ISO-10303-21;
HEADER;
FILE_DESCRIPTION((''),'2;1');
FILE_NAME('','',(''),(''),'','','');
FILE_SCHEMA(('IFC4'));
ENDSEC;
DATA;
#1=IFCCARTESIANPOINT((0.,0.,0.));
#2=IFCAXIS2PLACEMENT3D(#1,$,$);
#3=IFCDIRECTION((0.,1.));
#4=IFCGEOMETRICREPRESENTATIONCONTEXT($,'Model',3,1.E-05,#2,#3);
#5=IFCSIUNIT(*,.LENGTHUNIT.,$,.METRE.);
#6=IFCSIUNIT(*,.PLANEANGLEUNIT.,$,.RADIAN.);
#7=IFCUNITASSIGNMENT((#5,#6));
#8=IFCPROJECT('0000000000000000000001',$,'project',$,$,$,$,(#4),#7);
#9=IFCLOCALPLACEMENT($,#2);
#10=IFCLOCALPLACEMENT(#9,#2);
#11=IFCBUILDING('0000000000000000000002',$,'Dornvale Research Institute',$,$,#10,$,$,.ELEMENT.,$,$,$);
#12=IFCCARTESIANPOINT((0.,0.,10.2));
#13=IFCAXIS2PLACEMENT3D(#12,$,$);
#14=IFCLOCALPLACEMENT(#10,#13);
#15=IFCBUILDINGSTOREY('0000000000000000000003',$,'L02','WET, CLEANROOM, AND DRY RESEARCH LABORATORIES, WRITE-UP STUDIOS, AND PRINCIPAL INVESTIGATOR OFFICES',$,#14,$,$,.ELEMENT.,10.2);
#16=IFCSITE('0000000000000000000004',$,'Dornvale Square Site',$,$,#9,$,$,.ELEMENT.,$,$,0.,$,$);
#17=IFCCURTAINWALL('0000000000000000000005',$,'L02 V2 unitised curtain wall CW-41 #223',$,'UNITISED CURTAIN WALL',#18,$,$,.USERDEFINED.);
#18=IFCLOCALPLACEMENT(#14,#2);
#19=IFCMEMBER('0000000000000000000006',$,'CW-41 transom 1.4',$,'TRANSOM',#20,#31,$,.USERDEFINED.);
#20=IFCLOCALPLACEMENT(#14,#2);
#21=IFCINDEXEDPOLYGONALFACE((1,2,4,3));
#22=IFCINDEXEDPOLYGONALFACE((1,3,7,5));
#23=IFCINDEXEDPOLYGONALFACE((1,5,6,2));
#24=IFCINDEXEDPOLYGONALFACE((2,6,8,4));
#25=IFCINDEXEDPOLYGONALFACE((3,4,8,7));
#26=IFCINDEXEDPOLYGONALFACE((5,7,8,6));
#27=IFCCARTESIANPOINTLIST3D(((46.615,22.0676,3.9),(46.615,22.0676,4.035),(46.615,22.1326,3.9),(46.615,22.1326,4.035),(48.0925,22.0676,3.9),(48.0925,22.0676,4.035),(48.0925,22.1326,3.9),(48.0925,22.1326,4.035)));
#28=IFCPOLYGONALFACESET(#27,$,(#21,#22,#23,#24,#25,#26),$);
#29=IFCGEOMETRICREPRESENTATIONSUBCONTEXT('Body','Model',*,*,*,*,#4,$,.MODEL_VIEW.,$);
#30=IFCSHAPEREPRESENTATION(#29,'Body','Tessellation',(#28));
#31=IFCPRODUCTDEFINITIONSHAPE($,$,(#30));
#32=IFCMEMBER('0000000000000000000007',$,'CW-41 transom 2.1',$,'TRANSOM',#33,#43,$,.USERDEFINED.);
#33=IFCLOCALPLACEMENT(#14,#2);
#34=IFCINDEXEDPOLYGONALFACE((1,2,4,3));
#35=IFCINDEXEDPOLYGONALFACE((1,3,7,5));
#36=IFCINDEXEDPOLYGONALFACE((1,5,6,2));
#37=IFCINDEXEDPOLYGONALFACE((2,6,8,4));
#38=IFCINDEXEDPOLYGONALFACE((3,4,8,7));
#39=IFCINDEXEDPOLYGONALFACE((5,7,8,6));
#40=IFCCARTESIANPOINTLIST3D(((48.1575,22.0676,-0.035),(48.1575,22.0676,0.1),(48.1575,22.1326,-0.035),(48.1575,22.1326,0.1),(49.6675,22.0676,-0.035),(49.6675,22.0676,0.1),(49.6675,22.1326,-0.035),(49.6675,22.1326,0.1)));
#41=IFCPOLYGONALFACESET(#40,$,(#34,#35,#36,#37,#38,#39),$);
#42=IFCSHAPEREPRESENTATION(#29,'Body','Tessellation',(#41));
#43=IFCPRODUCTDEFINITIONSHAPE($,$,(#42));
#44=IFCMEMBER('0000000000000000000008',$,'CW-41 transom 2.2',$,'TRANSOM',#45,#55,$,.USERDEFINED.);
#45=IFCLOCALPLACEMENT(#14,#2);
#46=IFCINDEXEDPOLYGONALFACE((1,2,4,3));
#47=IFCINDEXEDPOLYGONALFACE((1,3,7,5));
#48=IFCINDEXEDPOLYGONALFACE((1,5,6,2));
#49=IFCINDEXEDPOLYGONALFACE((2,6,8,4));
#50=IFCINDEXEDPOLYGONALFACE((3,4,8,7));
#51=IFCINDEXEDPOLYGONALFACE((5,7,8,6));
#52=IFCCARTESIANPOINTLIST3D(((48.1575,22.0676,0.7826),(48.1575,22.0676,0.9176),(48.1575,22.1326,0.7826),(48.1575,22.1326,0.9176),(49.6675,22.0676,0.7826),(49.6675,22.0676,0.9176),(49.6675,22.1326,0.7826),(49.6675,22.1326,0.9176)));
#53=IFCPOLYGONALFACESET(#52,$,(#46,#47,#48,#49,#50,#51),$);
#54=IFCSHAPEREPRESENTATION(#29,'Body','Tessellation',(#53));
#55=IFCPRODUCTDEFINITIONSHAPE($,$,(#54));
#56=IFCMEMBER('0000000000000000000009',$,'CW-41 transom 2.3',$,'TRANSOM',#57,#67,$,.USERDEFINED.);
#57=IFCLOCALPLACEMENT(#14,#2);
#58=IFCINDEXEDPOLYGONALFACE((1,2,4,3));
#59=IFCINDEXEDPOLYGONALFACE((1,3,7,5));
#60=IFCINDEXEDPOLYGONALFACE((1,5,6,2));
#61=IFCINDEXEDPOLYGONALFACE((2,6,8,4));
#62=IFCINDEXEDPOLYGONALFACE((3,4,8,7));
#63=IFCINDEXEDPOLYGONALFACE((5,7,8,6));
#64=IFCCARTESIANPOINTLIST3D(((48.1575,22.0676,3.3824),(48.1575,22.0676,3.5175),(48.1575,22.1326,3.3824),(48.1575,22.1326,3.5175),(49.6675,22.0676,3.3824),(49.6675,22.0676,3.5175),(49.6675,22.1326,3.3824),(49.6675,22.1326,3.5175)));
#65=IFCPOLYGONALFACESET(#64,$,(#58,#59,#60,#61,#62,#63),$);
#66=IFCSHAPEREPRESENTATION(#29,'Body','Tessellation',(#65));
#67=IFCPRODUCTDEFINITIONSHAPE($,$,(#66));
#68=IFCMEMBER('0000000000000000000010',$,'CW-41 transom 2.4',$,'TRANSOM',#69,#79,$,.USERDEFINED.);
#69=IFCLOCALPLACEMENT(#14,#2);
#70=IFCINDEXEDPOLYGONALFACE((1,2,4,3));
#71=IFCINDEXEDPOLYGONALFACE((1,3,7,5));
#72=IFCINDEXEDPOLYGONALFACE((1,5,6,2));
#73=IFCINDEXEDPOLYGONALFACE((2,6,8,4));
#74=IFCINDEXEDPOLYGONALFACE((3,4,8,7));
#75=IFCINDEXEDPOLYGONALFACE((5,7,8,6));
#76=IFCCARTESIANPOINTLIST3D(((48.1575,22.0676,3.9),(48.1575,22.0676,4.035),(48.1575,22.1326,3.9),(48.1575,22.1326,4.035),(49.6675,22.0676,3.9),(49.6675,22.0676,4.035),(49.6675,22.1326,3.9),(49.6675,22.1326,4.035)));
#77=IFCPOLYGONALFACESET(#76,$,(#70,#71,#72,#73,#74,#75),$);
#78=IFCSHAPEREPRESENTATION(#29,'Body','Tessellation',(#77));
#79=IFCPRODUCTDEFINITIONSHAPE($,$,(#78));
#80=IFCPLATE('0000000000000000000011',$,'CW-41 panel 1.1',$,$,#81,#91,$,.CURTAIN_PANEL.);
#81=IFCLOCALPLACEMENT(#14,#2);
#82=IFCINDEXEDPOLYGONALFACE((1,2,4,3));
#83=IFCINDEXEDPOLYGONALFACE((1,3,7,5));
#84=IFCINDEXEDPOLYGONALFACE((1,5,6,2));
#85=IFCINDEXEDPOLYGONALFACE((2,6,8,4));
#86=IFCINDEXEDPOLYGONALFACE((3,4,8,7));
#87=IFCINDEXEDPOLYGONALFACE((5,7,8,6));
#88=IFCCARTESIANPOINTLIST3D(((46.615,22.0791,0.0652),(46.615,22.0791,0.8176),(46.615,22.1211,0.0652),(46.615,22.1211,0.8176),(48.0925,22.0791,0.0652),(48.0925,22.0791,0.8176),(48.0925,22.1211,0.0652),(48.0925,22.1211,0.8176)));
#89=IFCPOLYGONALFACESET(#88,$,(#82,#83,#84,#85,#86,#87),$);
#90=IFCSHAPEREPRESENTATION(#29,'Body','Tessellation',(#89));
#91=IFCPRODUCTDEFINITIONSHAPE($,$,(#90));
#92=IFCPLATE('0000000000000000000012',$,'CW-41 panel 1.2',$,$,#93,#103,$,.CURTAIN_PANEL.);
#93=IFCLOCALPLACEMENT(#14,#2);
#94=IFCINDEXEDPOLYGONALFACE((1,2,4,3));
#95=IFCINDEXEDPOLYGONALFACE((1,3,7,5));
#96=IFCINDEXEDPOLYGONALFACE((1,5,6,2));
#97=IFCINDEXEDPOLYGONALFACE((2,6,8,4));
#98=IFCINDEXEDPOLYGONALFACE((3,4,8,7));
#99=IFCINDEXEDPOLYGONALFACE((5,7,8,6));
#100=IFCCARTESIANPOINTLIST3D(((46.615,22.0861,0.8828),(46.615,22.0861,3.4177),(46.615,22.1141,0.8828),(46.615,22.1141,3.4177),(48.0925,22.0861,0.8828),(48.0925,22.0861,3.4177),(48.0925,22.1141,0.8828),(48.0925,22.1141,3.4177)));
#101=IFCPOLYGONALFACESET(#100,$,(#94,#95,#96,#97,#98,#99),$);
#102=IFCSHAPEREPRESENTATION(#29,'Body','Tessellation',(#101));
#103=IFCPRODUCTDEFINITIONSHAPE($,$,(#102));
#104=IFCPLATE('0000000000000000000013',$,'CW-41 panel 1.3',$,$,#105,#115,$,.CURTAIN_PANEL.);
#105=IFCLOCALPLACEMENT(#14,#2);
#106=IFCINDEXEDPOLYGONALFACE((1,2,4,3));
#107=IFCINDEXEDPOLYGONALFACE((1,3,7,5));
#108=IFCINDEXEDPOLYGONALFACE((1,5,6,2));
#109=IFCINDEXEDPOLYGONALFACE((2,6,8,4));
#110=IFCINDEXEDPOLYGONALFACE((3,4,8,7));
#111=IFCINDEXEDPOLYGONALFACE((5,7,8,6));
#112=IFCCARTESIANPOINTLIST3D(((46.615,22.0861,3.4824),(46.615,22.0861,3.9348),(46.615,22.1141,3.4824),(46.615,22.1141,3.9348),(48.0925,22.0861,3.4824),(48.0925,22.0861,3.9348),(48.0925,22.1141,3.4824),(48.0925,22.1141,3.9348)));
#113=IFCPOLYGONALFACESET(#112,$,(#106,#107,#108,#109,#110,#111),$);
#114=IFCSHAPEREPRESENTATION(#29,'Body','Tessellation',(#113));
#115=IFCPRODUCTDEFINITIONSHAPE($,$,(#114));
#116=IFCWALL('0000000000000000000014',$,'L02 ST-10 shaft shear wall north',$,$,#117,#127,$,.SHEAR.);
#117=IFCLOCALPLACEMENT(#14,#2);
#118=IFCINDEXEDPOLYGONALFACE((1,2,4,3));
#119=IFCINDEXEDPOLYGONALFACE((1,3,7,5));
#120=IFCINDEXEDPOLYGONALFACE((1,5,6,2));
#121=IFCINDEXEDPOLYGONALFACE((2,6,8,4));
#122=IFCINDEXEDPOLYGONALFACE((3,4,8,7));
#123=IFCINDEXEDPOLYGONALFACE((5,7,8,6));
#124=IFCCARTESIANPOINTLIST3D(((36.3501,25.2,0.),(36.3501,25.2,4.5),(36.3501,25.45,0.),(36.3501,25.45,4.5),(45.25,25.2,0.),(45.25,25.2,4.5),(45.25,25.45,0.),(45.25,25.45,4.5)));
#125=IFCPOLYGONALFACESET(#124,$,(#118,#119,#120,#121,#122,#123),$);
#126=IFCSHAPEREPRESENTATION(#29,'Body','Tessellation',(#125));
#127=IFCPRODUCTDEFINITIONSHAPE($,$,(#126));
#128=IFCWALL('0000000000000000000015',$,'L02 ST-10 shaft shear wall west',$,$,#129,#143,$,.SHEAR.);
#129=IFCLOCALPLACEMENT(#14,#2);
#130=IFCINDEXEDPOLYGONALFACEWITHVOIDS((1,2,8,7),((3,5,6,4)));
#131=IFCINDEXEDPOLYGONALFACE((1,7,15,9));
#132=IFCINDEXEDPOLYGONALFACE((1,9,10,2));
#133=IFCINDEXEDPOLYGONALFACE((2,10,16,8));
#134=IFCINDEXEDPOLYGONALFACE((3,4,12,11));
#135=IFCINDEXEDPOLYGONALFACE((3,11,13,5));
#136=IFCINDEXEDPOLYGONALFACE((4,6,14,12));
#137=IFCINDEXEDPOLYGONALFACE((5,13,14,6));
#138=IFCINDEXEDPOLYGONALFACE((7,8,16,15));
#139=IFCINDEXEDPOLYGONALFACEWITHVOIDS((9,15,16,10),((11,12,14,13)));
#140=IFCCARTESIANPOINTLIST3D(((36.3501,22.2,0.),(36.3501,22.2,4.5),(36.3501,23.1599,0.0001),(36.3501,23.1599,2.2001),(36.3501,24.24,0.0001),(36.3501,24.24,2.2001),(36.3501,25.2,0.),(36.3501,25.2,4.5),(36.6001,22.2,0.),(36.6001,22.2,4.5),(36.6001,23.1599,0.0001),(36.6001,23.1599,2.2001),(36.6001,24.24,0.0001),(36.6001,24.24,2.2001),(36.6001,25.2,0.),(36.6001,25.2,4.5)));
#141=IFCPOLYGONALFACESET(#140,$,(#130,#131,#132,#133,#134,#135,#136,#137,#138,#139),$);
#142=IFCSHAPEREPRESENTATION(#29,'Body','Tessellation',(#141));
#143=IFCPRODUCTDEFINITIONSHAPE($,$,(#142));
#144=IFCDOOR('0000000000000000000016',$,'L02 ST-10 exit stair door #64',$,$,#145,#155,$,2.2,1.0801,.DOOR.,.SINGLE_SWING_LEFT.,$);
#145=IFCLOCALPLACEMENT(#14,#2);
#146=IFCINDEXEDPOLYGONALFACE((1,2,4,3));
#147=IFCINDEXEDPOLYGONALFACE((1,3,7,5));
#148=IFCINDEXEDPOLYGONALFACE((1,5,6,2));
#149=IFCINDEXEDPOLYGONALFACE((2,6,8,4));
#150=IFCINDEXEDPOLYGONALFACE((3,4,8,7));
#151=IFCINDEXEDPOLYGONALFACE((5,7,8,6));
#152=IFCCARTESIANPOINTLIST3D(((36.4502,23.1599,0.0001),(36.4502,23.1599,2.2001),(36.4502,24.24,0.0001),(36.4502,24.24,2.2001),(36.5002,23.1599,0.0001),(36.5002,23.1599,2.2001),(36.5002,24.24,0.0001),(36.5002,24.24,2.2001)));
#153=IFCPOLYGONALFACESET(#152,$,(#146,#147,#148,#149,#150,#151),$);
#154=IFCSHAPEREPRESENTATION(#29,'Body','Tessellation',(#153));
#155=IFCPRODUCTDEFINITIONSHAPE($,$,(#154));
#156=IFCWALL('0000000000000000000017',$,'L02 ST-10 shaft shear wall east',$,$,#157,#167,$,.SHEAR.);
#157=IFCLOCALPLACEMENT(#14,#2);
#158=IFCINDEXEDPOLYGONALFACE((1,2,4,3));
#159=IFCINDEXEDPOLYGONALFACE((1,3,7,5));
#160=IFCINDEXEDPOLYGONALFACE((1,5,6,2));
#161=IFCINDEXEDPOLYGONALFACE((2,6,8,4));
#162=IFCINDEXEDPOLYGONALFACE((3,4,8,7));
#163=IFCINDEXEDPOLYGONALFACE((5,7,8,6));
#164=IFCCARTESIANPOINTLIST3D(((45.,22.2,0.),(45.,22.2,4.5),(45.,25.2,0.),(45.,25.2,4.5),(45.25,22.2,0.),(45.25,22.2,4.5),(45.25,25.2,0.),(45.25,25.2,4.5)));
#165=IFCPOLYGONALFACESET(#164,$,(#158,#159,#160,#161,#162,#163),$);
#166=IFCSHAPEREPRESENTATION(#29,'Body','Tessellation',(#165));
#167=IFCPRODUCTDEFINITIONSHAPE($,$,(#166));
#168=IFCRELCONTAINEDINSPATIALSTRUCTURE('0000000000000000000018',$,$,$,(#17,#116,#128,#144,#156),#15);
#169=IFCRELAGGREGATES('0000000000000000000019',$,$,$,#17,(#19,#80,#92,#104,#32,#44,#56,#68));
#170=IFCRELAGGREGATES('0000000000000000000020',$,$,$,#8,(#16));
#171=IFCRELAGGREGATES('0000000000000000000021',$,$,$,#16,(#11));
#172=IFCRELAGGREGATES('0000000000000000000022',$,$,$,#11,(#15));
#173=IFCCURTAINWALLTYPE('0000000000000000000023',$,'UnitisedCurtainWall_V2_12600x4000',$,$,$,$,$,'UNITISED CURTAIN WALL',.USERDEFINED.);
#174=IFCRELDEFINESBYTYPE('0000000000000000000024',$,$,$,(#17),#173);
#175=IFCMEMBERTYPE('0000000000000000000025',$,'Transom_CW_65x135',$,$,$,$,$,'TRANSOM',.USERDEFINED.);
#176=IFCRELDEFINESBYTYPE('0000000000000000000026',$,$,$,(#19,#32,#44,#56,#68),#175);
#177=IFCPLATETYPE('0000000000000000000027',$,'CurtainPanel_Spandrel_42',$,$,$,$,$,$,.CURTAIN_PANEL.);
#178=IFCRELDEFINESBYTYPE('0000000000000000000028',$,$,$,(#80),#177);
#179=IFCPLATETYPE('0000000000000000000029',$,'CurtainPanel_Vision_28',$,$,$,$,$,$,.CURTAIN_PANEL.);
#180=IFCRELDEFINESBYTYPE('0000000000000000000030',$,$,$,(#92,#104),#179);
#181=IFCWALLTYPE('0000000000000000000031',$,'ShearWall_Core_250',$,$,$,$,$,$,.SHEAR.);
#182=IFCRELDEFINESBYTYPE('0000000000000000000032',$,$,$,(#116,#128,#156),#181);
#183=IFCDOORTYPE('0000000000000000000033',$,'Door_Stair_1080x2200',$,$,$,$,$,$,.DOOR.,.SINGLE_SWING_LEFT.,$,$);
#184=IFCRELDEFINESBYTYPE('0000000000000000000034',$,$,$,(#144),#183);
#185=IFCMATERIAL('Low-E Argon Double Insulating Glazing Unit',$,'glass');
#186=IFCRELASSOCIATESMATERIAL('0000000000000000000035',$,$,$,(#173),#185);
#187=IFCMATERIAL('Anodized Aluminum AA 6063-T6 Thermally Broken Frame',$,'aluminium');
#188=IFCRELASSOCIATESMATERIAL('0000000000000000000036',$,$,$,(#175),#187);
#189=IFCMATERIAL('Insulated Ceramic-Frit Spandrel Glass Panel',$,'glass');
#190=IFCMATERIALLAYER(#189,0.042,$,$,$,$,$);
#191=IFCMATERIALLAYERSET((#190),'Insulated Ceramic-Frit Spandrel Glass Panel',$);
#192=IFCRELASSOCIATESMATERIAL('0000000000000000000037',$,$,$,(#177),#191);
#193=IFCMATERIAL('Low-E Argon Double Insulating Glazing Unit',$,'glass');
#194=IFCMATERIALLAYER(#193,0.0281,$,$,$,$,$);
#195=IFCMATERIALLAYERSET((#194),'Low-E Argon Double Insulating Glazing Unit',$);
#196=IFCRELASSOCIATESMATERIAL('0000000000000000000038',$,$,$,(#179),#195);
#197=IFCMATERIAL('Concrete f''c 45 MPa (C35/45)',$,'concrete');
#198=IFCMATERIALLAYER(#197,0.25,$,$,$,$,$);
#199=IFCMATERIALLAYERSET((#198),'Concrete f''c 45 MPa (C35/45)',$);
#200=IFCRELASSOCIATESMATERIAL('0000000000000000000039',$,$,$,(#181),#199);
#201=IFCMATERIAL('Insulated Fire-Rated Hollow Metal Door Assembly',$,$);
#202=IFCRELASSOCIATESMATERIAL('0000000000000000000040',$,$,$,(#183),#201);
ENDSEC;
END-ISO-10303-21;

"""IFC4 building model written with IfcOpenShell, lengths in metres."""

from ifc_helpers import new_model, si_unit, direction, frame, frame_2d, origin, origin_2d, place, context, subcontext, project, spatial, rectangle, extrude, material, layer, layer_set, material_profile, profile_set, type_object, element, fill, aggregate, save


model = new_model("IFC4")

# Units and contexts
model_context = context("Model", 3, precision=1e-05, world=origin(), true_north=direction((0.0, 1.0)))
body_context = subcontext(model_context, "Body", "Model", "MODEL_VIEW")
ifc_project = project(units=[si_unit("LENGTHUNIT", "METRE"), si_unit("PLANEANGLEUNIT", "RADIAN")], contexts=[model_context])

# Site, building, storey
site_placement = place(None, origin())
site = spatial("IfcSite", under=ifc_project, at=site_placement, Name="Dornvale Square Site", CompositionType="ELEMENT", RefElevation=0.0)
building_placement = place(site_placement, origin())
building = spatial("IfcBuilding", under=site, at=building_placement, Name="Dornvale Research Institute", CompositionType="ELEMENT")
storey_placement = place(building_placement, frame((0.0, 0.0, 10.2)))
storey = spatial("IfcBuildingStorey", under=building, at=storey_placement, Name="L02", Description="WET, CLEANROOM, AND DRY RESEARCH LABORATORIES, WRITE-UP STUDIOS, AND PRINCIPAL INVESTIGATOR OFFICES", CompositionType="ELEMENT", Elevation=10.2)

# Curtain wall
ifc_material_1 = material(Name="Low-E Argon Double Insulating Glazing Unit", Category="glass")
curtain_wall_type = type_object("IfcCurtainWallType", Name="UnitisedCurtainWall_V2_12600x4000", ElementType="UNITISED CURTAIN WALL", PredefinedType="USERDEFINED", material=ifc_material_1)
curtain_wall_placement = place(storey_placement, origin())
curtain_wall = element("IfcCurtainWall", 1, at=curtain_wall_placement, inside=storey, type_object=curtain_wall_type, Name="L02 V2 unitised curtain wall CW-41 #223", ObjectType="UNITISED CURTAIN WALL", PredefinedType="USERDEFINED")

# Members
ifc_material_2 = material(Name="Anodized Aluminum AA 6063-T6 Thermally Broken Frame", Category="aluminium")
ifc_material_profile_1 = material_profile(ifc_material_2, rectangle(XDim=0.0649, YDim=0.135, at=origin_2d()), Name="ALU TRANSOM 65x135")
ifc_profile_set_1 = profile_set([ifc_material_profile_1], Name="Anodized Aluminum AA 6063-T6 Thermally Broken Frame")
member_type_1 = type_object("IfcMemberType", Name="Transom_CW_65x135", ElementType="TRANSOM", PredefinedType="USERDEFINED", material=ifc_profile_set_1)
member_1_placement = place(storey_placement, frame((46.615, 22.1001, 3.9675), z_axis=(1.0, 0.0, 0.0), x_axis=(0.0, 1.0, 0.0)))
member_1 = element("IfcMember", 2, at=member_1_placement, type_object=member_type_1, Name="CW-41 transom 1.4", ObjectType="TRANSOM", PredefinedType="USERDEFINED", context=body_context, shape_type="SweptSolid", body=[
    extrude(rectangle(XDim=0.0649, YDim=0.135, at=origin_2d()), origin(), (0.0, 0.0, 1.0), 1.4775),
])
member_2_placement = place(storey_placement, frame((48.1575, 22.1001, 0.0325), z_axis=(1.0, 0.0, 0.0), x_axis=(0.0, 1.0, 0.0)))
member_2 = element("IfcMember", 3, at=member_2_placement, type_object=member_type_1, Name="CW-41 transom 2.1", ObjectType="TRANSOM", PredefinedType="USERDEFINED", context=body_context, shape_type="SweptSolid", body=[
    extrude(rectangle(XDim=0.0649, YDim=0.135, at=origin_2d()), origin(), (0.0, 0.0, 1.0), 1.51),
])
member_3_placement = place(storey_placement, frame((48.1575, 22.1001, 0.8501), z_axis=(1.0, 0.0, 0.0), x_axis=(0.0, 1.0, 0.0)))
member_3 = element("IfcMember", 4, at=member_3_placement, type_object=member_type_1, Name="CW-41 transom 2.2", ObjectType="TRANSOM", PredefinedType="USERDEFINED", context=body_context, shape_type="SweptSolid", body=[
    extrude(rectangle(XDim=0.0649, YDim=0.135, at=origin_2d()), origin(), (0.0, 0.0, 1.0), 1.51),
])
member_4_placement = place(storey_placement, frame((48.1575, 22.1001, 3.45), z_axis=(1.0, 0.0, 0.0), x_axis=(0.0, 1.0, 0.0)))
member_4 = element("IfcMember", 5, at=member_4_placement, type_object=member_type_1, Name="CW-41 transom 2.3", ObjectType="TRANSOM", PredefinedType="USERDEFINED", context=body_context, shape_type="SweptSolid", body=[
    extrude(rectangle(XDim=0.0649, YDim=0.135, at=origin_2d()), origin(), (0.0, 0.0, 1.0), 1.51),
])
member_5_placement = place(storey_placement, frame((48.1575, 22.1001, 3.9675), z_axis=(1.0, 0.0, 0.0), x_axis=(0.0, 1.0, 0.0)))
member_5 = element("IfcMember", 6, at=member_5_placement, type_object=member_type_1, Name="CW-41 transom 2.4", ObjectType="TRANSOM", PredefinedType="USERDEFINED", context=body_context, shape_type="SweptSolid", body=[
    extrude(rectangle(XDim=0.0649, YDim=0.135, at=origin_2d()), origin(), (0.0, 0.0, 1.0), 1.51),
])

# Plates
ifc_material_3 = material(Name="Insulated Ceramic-Frit Spandrel Glass Panel", Category="glass")
ifc_layer_1 = layer(ifc_material_3, 0.042)
ifc_layer_set_1 = layer_set([ifc_layer_1], Name="Insulated Ceramic-Frit Spandrel Glass Panel")
plate_type_1 = type_object("IfcPlateType", Name="CurtainPanel_Spandrel_42", PredefinedType="CURTAIN_PANEL", material=ifc_layer_set_1)
plate_1_placement = place(storey_placement, frame((47.3538, 22.1001, 0.0652), z_axis=(0.0, 0.0, 1.0), x_axis=(1.0, 0.0, 0.0)))
plate_1 = element("IfcPlate", 7, at=plate_1_placement, type_object=plate_type_1, Name="CW-41 panel 1.1", PredefinedType="CURTAIN_PANEL", context=body_context, shape_type="SweptSolid", body=[
    extrude(rectangle(XDim=1.4775, YDim=0.042, at=origin_2d()), origin(), (0.0, 0.0, 1.0), 0.7524),
])
ifc_material_4 = material(Name="Low-E Argon Double Insulating Glazing Unit", Category="glass")
ifc_layer_2 = layer(ifc_material_4, 0.0281)
ifc_layer_set_2 = layer_set([ifc_layer_2], Name="Low-E Argon Double Insulating Glazing Unit")
plate_type_2 = type_object("IfcPlateType", Name="CurtainPanel_Vision_28", PredefinedType="CURTAIN_PANEL", material=ifc_layer_set_2)
plate_2_placement = place(storey_placement, frame((47.3538, 22.1001, 0.8828), z_axis=(0.0, 0.0, 1.0), x_axis=(1.0, 0.0, 0.0)))
plate_2 = element("IfcPlate", 8, at=plate_2_placement, type_object=plate_type_2, Name="CW-41 panel 1.2", PredefinedType="CURTAIN_PANEL", context=body_context, shape_type="SweptSolid", body=[
    extrude(rectangle(XDim=1.4775, YDim=0.0281, at=origin_2d()), origin(), (0.0, 0.0, 1.0), 2.5349),
])
plate_3_placement = place(storey_placement, frame((47.3538, 22.1001, 3.4824), z_axis=(0.0, 0.0, 1.0), x_axis=(1.0, 0.0, 0.0)))
plate_3 = element("IfcPlate", 9, at=plate_3_placement, type_object=plate_type_2, Name="CW-41 panel 1.3", PredefinedType="CURTAIN_PANEL", context=body_context, shape_type="SweptSolid", body=[
    extrude(rectangle(XDim=1.4775, YDim=0.0281, at=origin_2d()), origin(), (0.0, 0.0, 1.0), 0.4524),
])
aggregate(curtain_wall, [member_1, plate_1, plate_2, plate_3, member_2, member_3, member_4, member_5])

# Wall
ifc_material_5 = material(Name="Concrete f'c 45 MPa (C35/45)", Category="concrete")
ifc_layer_3 = layer(ifc_material_5, 0.25)
ifc_layer_set_3 = layer_set([ifc_layer_3], Name="Concrete f'c 45 MPa (C35/45)")
wall_type_1 = type_object("IfcWallType", Name="ShearWall_Core_250", PredefinedType="SHEAR", material=ifc_layer_set_3)
wall_1_placement = place(storey_placement, frame((36.3501, 25.325, 0.0), z_axis=(0.0, 0.0, 1.0), x_axis=(1.0, 0.0, 0.0)))
element("IfcWall", 10, at=wall_1_placement, inside=storey, type_object=wall_type_1, Name="L02 ST-10 shaft shear wall north", PredefinedType="SHEAR", context=body_context, shape_type="SweptSolid", body=[
    extrude(rectangle(XDim=8.8999, YDim=0.25, at=frame_2d((4.45, 0.0))), origin(), (0.0, 0.0, 1.0), 4.5),
])

# Wall, opening, door
wall_2_placement = place(storey_placement, frame((36.4751, 22.2, 0.0), z_axis=(0.0, 0.0, 1.0), x_axis=(0.0, 1.0, 0.0)))
wall_2 = element("IfcWall", 11, at=wall_2_placement, inside=storey, type_object=wall_type_1, Name="L02 ST-10 shaft shear wall west", PredefinedType="SHEAR", context=body_context, shape_type="SweptSolid", body=[
    extrude(rectangle(XDim=3.0, YDim=0.25, at=frame_2d((1.5, 0.0))), origin(), (0.0, 0.0, 1.0), 4.5),
])
opening_1_placement = place(wall_2_placement, frame((0.96, 0.0, 0.0)))
opening_1 = element("IfcOpeningElement", 12, at=opening_1_placement, cuts=wall_2, PredefinedType="OPENING", context=body_context, shape_type="SweptSolid", body=[
    extrude(rectangle(XDim=1.0801, YDim=2.2, at=frame_2d((0.54, 1.1001))), frame((0.0, 0.1399, 0.0), z_axis=(0.0, -1.0, 0.0), x_axis=(1.0, 0.0, 0.0)), (0.0, 0.0, 1.0), 0.28),
])
ifc_material_6 = material(Name="Insulated Fire-Rated Hollow Metal Door Assembly")
door_type_1 = type_object("IfcDoorType", Name="Door_Stair_1080x2200", OperationType="SINGLE_SWING_LEFT", PredefinedType="DOOR", material=ifc_material_6)
door_1_placement = place(opening_1_placement, origin())
door_1 = element("IfcDoor", 13, at=door_1_placement, inside=storey, type_object=door_type_1, Name="L02 ST-10 exit stair door #64", OperationType="SINGLE_SWING_LEFT", OverallHeight=2.2, OverallWidth=1.0801, PredefinedType="DOOR", context=body_context, shape_type="SweptSolid", body=[
    extrude(rectangle(XDim=1.0801, YDim=2.2, at=frame_2d((0.54, 1.1001))), frame((0.0, 0.0249, 0.0), z_axis=(0.0, -1.0, 0.0), x_axis=(1.0, 0.0, 0.0)), (0.0, 0.0, 1.0), 0.05),
])
fill(opening_1, door_1)

# Wall
wall_3_placement = place(storey_placement, frame((45.125, 22.2, 0.0), z_axis=(0.0, 0.0, 1.0), x_axis=(0.0, 1.0, 0.0)))
element("IfcWall", 14, at=wall_3_placement, inside=storey, type_object=wall_type_1, Name="L02 ST-10 shaft shear wall east", PredefinedType="SHEAR", context=body_context, shape_type="SweptSolid", body=[
    extrude(rectangle(XDim=3.0, YDim=0.25, at=frame_2d((1.5, 0.0))), origin(), (0.0, 0.0, 1.0), 4.5),
])

save(model, "model.ifc")
